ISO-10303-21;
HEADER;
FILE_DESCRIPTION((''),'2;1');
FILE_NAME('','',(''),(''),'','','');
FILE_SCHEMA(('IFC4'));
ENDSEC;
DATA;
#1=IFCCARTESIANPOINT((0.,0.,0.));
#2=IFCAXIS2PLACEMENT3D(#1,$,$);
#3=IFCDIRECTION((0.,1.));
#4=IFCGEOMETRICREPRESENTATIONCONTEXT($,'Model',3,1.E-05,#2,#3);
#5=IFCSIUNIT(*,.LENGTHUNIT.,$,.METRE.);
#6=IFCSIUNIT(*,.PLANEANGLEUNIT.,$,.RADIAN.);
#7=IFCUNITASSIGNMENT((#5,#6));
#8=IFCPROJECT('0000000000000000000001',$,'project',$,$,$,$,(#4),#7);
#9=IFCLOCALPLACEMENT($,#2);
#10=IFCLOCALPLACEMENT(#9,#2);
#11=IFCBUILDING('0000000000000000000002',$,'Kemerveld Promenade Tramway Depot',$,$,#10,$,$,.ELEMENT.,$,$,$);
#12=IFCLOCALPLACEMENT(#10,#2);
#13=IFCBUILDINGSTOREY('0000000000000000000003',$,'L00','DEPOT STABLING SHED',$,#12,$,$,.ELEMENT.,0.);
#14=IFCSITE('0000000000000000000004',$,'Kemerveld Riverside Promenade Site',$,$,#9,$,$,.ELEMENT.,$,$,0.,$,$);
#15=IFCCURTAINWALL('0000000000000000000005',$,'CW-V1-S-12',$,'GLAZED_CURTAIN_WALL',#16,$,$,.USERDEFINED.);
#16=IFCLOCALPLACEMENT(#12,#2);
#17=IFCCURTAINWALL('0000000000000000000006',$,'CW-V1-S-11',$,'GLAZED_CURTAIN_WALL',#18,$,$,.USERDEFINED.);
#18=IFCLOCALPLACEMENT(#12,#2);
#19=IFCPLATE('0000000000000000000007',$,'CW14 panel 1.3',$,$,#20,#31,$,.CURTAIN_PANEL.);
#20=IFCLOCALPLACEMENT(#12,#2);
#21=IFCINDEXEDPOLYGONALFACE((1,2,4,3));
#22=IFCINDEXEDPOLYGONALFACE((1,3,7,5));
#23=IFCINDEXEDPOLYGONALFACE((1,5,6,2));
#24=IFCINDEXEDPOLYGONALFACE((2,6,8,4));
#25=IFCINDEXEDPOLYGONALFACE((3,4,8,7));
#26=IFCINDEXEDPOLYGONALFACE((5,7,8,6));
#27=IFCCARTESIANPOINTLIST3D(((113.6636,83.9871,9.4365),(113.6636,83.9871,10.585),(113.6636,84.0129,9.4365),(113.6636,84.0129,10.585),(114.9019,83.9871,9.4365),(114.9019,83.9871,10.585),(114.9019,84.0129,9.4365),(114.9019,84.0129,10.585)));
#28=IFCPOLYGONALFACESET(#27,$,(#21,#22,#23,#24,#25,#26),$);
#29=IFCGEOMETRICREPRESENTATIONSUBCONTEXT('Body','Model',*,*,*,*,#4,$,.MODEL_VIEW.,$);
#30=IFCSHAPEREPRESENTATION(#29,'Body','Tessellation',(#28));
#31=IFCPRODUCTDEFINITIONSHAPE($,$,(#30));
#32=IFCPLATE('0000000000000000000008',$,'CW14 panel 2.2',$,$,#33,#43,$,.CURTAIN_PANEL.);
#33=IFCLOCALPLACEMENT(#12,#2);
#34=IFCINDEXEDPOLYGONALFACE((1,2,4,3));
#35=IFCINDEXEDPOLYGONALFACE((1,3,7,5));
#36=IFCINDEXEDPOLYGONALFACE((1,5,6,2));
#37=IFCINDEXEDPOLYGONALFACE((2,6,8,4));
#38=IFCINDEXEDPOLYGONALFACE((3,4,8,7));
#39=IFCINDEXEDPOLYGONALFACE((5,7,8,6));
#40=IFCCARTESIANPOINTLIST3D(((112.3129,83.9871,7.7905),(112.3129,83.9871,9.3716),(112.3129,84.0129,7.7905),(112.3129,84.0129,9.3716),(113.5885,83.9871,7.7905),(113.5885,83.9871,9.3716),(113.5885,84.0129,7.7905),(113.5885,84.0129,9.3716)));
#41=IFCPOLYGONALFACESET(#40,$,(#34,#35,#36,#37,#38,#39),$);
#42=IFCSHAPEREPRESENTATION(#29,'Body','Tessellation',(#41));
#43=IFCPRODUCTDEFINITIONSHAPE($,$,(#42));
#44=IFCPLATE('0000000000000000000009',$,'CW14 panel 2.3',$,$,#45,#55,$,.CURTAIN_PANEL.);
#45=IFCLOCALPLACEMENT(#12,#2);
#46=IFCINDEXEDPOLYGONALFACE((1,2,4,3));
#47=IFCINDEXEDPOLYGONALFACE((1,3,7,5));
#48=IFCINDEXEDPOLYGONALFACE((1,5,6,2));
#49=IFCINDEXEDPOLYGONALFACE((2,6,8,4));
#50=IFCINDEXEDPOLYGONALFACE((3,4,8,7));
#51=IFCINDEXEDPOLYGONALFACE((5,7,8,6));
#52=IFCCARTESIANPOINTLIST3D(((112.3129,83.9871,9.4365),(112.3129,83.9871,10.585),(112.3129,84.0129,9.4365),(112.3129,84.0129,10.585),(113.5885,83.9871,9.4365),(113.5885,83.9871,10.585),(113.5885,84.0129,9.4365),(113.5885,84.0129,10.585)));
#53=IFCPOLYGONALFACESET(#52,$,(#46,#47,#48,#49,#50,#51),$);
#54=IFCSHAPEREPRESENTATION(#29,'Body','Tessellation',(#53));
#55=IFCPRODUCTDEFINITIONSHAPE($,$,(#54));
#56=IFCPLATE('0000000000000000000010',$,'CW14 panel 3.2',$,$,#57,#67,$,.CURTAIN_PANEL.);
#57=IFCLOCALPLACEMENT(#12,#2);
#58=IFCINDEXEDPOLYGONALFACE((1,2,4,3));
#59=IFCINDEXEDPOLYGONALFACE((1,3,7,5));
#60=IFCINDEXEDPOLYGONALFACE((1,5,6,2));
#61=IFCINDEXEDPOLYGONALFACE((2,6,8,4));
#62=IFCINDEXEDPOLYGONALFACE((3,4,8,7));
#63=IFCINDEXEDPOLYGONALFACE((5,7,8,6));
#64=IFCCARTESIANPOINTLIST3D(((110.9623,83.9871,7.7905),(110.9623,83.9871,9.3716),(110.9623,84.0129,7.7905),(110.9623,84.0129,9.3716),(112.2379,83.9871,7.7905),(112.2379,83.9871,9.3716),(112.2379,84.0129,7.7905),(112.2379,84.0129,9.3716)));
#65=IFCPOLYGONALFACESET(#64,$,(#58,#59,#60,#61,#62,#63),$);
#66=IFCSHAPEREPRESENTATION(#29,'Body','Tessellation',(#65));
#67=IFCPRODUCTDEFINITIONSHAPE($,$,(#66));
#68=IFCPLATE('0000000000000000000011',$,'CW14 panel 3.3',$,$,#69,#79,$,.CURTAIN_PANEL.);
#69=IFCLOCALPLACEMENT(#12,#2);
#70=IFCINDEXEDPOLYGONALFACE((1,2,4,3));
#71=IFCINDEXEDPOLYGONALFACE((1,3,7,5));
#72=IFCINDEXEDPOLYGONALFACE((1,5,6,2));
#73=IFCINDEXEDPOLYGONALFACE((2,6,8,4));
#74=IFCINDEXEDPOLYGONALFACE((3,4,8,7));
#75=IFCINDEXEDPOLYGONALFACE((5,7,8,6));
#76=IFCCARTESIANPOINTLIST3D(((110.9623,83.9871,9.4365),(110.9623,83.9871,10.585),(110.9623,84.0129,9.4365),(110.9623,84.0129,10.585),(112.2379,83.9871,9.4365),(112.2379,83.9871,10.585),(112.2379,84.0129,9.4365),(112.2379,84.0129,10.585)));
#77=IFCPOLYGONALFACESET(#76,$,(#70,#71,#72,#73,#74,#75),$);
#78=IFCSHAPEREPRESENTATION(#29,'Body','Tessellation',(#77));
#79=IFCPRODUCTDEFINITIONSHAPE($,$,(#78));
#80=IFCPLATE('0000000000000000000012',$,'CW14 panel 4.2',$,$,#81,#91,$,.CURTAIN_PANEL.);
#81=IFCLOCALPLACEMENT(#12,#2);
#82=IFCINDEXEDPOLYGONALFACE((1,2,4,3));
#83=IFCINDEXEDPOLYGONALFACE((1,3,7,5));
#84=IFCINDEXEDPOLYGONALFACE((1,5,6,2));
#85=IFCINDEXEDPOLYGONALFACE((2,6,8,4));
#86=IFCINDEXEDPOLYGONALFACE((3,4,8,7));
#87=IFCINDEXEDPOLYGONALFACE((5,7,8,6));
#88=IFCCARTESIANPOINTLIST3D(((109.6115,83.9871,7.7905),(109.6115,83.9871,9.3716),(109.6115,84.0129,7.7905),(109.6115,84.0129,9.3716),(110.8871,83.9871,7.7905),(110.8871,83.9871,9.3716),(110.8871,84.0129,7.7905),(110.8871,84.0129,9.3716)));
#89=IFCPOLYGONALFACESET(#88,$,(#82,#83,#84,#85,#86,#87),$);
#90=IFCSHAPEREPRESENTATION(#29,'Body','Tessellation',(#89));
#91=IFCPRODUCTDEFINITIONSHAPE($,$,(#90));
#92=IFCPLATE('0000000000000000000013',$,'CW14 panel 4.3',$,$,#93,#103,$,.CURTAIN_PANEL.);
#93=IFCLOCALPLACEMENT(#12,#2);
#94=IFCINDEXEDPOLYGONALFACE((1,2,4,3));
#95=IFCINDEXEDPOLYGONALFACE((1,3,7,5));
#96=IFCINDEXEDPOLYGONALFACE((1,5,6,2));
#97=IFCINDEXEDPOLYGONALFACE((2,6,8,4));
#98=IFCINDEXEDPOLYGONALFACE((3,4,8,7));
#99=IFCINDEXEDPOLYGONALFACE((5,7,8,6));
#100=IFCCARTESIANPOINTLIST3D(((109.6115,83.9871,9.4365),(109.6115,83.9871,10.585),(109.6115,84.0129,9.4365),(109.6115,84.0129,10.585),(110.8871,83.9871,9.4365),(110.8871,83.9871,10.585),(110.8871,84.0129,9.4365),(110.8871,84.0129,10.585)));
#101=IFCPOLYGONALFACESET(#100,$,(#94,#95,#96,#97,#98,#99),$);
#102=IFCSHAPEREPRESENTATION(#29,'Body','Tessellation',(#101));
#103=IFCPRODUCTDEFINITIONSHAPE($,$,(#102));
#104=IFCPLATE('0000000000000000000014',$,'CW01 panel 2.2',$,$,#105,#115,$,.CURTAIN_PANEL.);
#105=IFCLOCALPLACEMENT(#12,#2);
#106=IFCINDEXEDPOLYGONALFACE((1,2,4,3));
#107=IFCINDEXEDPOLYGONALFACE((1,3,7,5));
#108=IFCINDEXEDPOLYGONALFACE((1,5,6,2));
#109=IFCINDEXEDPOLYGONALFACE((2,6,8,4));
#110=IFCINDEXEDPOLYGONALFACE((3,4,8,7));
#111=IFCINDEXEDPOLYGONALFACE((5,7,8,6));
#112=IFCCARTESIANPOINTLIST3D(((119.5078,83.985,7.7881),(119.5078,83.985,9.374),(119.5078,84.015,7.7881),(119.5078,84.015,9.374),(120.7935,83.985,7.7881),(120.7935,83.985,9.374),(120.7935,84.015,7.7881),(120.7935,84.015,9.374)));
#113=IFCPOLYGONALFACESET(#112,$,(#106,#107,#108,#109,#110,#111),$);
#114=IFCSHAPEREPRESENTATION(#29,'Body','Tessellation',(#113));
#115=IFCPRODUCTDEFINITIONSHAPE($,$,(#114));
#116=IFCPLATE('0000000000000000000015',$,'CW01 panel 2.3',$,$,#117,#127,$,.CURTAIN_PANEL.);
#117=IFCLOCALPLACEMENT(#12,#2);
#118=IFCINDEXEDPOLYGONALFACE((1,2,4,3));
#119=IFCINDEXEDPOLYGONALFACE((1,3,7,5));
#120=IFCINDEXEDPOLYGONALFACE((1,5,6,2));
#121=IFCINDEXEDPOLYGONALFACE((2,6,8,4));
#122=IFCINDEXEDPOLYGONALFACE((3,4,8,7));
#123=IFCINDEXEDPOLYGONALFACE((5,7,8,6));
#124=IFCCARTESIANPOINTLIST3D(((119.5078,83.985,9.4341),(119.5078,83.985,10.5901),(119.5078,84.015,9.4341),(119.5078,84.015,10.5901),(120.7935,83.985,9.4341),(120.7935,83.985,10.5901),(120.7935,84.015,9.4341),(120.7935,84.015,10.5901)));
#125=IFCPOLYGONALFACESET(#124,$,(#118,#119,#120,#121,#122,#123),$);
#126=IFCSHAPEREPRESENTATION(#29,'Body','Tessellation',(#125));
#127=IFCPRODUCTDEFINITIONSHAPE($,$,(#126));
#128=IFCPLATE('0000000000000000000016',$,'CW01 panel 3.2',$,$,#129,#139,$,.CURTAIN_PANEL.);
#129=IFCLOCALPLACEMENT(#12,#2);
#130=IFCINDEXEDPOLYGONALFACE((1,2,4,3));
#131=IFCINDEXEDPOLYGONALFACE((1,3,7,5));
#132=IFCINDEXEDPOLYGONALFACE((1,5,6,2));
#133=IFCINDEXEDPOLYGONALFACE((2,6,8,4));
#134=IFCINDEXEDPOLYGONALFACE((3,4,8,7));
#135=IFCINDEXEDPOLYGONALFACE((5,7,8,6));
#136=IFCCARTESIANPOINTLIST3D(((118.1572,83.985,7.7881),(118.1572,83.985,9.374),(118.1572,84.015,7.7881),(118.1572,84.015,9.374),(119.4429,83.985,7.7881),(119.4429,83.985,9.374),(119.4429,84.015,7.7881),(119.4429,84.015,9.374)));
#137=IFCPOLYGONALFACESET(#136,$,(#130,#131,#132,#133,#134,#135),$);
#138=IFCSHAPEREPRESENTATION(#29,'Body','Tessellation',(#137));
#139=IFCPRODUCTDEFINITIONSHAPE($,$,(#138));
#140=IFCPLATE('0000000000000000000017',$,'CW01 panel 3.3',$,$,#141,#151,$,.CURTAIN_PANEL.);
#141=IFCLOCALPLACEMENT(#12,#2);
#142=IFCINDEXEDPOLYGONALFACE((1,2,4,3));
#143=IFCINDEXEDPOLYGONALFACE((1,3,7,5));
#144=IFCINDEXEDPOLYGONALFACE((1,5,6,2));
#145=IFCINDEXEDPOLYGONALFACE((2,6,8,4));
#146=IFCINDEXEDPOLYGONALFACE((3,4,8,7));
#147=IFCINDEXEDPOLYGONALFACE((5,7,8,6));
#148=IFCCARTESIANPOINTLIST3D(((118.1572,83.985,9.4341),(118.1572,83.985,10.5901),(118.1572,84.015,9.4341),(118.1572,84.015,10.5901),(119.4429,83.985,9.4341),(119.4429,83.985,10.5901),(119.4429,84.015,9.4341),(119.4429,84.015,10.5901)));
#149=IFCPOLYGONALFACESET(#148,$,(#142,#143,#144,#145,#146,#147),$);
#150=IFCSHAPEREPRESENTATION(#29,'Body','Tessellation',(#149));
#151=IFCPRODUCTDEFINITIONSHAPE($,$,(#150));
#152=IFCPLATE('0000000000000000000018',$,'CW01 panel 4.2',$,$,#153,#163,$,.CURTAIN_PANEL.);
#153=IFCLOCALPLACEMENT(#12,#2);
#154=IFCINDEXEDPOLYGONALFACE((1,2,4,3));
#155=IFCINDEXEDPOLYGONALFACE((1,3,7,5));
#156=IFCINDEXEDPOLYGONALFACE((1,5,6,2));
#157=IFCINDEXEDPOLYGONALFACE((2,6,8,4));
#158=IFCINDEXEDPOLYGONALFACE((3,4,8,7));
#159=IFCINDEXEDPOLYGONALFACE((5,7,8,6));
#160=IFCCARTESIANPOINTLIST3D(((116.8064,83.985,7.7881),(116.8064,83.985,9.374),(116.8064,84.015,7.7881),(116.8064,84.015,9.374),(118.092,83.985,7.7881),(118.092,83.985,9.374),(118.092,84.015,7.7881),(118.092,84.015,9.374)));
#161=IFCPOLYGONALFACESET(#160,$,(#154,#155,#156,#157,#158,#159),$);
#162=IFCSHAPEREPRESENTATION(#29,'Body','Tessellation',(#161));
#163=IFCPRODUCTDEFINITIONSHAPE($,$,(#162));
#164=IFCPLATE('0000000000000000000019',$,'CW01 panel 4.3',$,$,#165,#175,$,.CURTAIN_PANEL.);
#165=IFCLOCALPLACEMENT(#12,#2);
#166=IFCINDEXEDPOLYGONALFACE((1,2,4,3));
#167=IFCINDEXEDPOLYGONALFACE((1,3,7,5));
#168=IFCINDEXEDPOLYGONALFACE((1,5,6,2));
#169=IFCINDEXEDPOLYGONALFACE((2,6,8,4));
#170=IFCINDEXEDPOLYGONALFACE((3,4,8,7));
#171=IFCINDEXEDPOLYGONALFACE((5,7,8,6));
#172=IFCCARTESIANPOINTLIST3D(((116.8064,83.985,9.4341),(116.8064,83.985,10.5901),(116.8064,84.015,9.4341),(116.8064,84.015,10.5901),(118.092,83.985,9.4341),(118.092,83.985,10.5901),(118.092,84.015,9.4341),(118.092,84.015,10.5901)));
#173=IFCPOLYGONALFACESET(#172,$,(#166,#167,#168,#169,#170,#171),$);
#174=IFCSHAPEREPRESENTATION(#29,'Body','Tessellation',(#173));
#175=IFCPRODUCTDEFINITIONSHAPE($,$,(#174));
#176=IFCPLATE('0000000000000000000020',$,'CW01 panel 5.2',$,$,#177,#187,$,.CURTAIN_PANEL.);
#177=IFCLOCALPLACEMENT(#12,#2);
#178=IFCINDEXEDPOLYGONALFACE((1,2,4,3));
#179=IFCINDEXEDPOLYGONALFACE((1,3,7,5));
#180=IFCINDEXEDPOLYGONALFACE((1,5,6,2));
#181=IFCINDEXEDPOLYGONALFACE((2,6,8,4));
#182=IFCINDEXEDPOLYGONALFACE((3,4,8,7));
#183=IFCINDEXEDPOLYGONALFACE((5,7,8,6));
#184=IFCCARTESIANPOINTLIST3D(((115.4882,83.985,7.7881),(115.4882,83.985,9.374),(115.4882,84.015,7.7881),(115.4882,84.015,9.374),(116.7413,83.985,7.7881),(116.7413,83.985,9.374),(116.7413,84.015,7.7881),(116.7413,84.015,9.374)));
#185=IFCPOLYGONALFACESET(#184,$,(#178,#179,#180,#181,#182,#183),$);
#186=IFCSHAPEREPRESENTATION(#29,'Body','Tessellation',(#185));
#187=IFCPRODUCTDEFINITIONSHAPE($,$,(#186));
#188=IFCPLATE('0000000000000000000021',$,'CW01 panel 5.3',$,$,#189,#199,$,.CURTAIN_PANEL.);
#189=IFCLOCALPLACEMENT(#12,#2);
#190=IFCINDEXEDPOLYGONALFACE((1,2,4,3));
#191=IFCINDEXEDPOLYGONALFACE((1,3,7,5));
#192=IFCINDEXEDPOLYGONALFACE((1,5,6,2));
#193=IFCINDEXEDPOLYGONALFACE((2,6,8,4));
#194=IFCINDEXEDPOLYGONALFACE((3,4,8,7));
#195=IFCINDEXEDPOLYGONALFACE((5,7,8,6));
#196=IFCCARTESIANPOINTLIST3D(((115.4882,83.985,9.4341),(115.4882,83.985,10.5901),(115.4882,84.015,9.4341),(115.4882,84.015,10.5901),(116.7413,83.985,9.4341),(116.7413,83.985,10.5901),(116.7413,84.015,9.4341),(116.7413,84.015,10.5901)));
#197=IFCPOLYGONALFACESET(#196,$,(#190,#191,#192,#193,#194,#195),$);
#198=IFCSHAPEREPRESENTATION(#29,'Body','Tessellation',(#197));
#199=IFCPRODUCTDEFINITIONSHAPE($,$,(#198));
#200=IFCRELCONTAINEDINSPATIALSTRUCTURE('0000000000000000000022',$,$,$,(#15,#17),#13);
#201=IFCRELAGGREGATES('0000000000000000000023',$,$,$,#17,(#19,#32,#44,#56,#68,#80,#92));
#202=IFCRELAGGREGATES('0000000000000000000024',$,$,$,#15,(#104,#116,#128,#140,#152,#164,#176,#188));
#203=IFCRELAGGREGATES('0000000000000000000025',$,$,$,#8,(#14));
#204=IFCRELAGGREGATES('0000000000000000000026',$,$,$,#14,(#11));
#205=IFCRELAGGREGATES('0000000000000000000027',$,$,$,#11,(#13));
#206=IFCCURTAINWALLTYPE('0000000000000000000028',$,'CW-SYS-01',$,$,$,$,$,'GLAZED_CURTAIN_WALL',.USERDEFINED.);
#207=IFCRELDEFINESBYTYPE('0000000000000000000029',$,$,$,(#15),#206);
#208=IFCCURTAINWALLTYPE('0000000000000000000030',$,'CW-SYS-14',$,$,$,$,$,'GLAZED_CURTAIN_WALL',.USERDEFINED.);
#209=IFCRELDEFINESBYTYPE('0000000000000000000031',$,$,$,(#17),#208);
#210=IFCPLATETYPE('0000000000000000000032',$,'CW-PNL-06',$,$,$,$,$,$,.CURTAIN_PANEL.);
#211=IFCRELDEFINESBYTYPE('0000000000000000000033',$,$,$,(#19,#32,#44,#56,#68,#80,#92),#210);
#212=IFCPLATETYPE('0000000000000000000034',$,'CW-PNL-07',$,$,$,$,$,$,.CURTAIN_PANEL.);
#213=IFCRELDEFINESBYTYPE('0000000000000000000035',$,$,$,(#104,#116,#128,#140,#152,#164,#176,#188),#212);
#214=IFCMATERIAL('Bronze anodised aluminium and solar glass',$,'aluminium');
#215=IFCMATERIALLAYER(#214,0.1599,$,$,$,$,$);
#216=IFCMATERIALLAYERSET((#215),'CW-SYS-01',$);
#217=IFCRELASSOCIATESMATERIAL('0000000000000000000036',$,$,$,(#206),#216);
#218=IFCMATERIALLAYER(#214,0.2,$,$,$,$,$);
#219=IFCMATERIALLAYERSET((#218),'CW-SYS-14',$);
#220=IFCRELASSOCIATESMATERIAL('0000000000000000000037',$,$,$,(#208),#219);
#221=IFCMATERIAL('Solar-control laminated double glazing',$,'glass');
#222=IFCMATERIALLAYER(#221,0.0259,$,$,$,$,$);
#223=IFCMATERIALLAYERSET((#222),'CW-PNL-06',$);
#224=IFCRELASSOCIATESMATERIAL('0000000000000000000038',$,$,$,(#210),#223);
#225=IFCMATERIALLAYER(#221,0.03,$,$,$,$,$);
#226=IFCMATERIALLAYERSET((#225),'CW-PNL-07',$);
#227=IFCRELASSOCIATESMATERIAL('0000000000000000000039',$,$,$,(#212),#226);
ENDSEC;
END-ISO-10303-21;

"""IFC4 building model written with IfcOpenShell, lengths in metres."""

from ifc_helpers import new_model, si_unit, direction, frame, origin, origin_2d, place, context, subcontext, project, spatial, rectangle, extrude, material, layer, layer_set, type_object, element, aggregate, save


model = new_model("IFC4")

# Units and contexts
model_context = context("Model", 3, precision=1e-05, world=origin(), true_north=direction((0.0, 1.0)))
body_context = subcontext(model_context, "Body", "Model", "MODEL_VIEW")
ifc_project = project(units=[si_unit("LENGTHUNIT", "METRE"), si_unit("PLANEANGLEUNIT", "RADIAN")], contexts=[model_context])

# Site, building, storey
site_placement = place(None, origin())
site = spatial("IfcSite", under=ifc_project, at=site_placement, Name="Kemerveld Riverside Promenade Site", CompositionType="ELEMENT", RefElevation=0.0)
building_placement = place(site_placement, origin())
building = spatial("IfcBuilding", under=site, at=building_placement, Name="Kemerveld Promenade Tramway Depot", CompositionType="ELEMENT")
storey_placement = place(building_placement, origin())
storey = spatial("IfcBuildingStorey", under=building, at=storey_placement, Name="L00", Description="DEPOT STABLING SHED", CompositionType="ELEMENT", Elevation=0.0)

# Curtain walls
ifc_material_1 = material(Name="Bronze anodised aluminium and solar glass", Category="aluminium")
ifc_layer_1 = layer(ifc_material_1, 0.1599)
ifc_layer_set_1 = layer_set([ifc_layer_1], Name="CW-SYS-01")
curtain_wall_type_1 = type_object("IfcCurtainWallType", Name="CW-SYS-01", ElementType="GLAZED_CURTAIN_WALL", PredefinedType="USERDEFINED", material=ifc_layer_set_1)
curtain_wall_1_placement = place(storey_placement, origin())
curtain_wall_1 = element("IfcCurtainWall", 1, at=curtain_wall_1_placement, inside=storey, type_object=curtain_wall_type_1, Name="CW-V1-S-12", ObjectType="GLAZED_CURTAIN_WALL", PredefinedType="USERDEFINED")
ifc_layer_2 = layer(ifc_material_1, 0.2)
ifc_layer_set_2 = layer_set([ifc_layer_2], Name="CW-SYS-14")
curtain_wall_type_2 = type_object("IfcCurtainWallType", Name="CW-SYS-14", ElementType="GLAZED_CURTAIN_WALL", PredefinedType="USERDEFINED", material=ifc_layer_set_2)
curtain_wall_2_placement = place(storey_placement, origin())
curtain_wall_2 = element("IfcCurtainWall", 2, at=curtain_wall_2_placement, inside=storey, type_object=curtain_wall_type_2, Name="CW-V1-S-11", ObjectType="GLAZED_CURTAIN_WALL", PredefinedType="USERDEFINED")

# Plates
ifc_material_2 = material(Name="Solar-control laminated double glazing", Category="glass")
ifc_layer_3 = layer(ifc_material_2, 0.0259)
ifc_layer_set_3 = layer_set([ifc_layer_3], Name="CW-PNL-06")
plate_type_1 = type_object("IfcPlateType", Name="CW-PNL-06", PredefinedType="CURTAIN_PANEL", material=ifc_layer_set_3)
plate_1_placement = place(storey_placement, frame((114.2827, 84.0, 9.4365), z_axis=(0.0, 0.0, 1.0), x_axis=(-1.0, 0.0, 0.0)))
plate_1 = element("IfcPlate", 3, at=plate_1_placement, type_object=plate_type_1, Name="CW14 panel 1.3", PredefinedType="CURTAIN_PANEL", context=body_context, shape_type="SweptSolid", body=[
    extrude(rectangle(XDim=1.2383, YDim=0.0259, at=origin_2d()), origin(), (0.0, 0.0, 1.0), 1.1484),
])
plate_2_placement = place(storey_placement, frame((112.9507, 84.0, 7.7905), z_axis=(0.0, 0.0, 1.0), x_axis=(-1.0, 0.0, 0.0)))
plate_2 = element("IfcPlate", 4, at=plate_2_placement, type_object=plate_type_1, Name="CW14 panel 2.2", PredefinedType="CURTAIN_PANEL", context=body_context, shape_type="SweptSolid", body=[
    extrude(rectangle(XDim=1.2756, YDim=0.0259, at=origin_2d()), origin(), (0.0, 0.0, 1.0), 1.5811),
])
plate_3_placement = place(storey_placement, frame((112.9507, 84.0, 9.4365), z_axis=(0.0, 0.0, 1.0), x_axis=(-1.0, 0.0, 0.0)))
plate_3 = element("IfcPlate", 5, at=plate_3_placement, type_object=plate_type_1, Name="CW14 panel 2.3", PredefinedType="CURTAIN_PANEL", context=body_context, shape_type="SweptSolid", body=[
    extrude(rectangle(XDim=1.2756, YDim=0.0259, at=origin_2d()), origin(), (0.0, 0.0, 1.0), 1.1484),
])
plate_4_placement = place(storey_placement, frame((111.6001, 84.0, 7.7905), z_axis=(0.0, 0.0, 1.0), x_axis=(-1.0, 0.0, 0.0)))
plate_4 = element("IfcPlate", 6, at=plate_4_placement, type_object=plate_type_1, Name="CW14 panel 3.2", PredefinedType="CURTAIN_PANEL", context=body_context, shape_type="SweptSolid", body=[
    extrude(rectangle(XDim=1.2756, YDim=0.0259, at=origin_2d()), origin(), (0.0, 0.0, 1.0), 1.5811),
])
plate_5_placement = place(storey_placement, frame((111.6001, 84.0, 9.4365), z_axis=(0.0, 0.0, 1.0), x_axis=(-1.0, 0.0, 0.0)))
plate_5 = element("IfcPlate", 7, at=plate_5_placement, type_object=plate_type_1, Name="CW14 panel 3.3", PredefinedType="CURTAIN_PANEL", context=body_context, shape_type="SweptSolid", body=[
    extrude(rectangle(XDim=1.2756, YDim=0.0259, at=origin_2d()), origin(), (0.0, 0.0, 1.0), 1.1484),
])
plate_6_placement = place(storey_placement, frame((110.2493, 84.0, 7.7905), z_axis=(0.0, 0.0, 1.0), x_axis=(-1.0, 0.0, 0.0)))
plate_6 = element("IfcPlate", 8, at=plate_6_placement, type_object=plate_type_1, Name="CW14 panel 4.2", PredefinedType="CURTAIN_PANEL", context=body_context, shape_type="SweptSolid", body=[
    extrude(rectangle(XDim=1.2756, YDim=0.0259, at=origin_2d()), origin(), (0.0, 0.0, 1.0), 1.5811),
])
plate_7_placement = place(storey_placement, frame((110.2493, 84.0, 9.4365), z_axis=(0.0, 0.0, 1.0), x_axis=(-1.0, 0.0, 0.0)))
plate_7 = element("IfcPlate", 9, at=plate_7_placement, type_object=plate_type_1, Name="CW14 panel 4.3", PredefinedType="CURTAIN_PANEL", context=body_context, shape_type="SweptSolid", body=[
    extrude(rectangle(XDim=1.2756, YDim=0.0259, at=origin_2d()), origin(), (0.0, 0.0, 1.0), 1.1484),
])
aggregate(curtain_wall_2, [plate_1, plate_2, plate_3, plate_4, plate_5, plate_6, plate_7])
ifc_layer_4 = layer(ifc_material_2, 0.03)
ifc_layer_set_4 = layer_set([ifc_layer_4], Name="CW-PNL-07")
plate_type_2 = type_object("IfcPlateType", Name="CW-PNL-07", PredefinedType="CURTAIN_PANEL", material=ifc_layer_set_4)
plate_8_placement = place(storey_placement, frame((120.1506, 84.0, 7.7881), z_axis=(0.0, 0.0, 1.0), x_axis=(-1.0, 0.0, 0.0)))
plate_8 = element("IfcPlate", 10, at=plate_8_placement, type_object=plate_type_2, Name="CW01 panel 2.2", PredefinedType="CURTAIN_PANEL", context=body_context, shape_type="SweptSolid", body=[
    extrude(rectangle(XDim=1.2856, YDim=0.03, at=origin_2d()), origin(), (0.0, 0.0, 1.0), 1.5859),
])
plate_9_placement = place(storey_placement, frame((120.1506, 84.0, 9.4341), z_axis=(0.0, 0.0, 1.0), x_axis=(-1.0, 0.0, 0.0)))
plate_9 = element("IfcPlate", 11, at=plate_9_placement, type_object=plate_type_2, Name="CW01 panel 2.3", PredefinedType="CURTAIN_PANEL", context=body_context, shape_type="SweptSolid", body=[
    extrude(rectangle(XDim=1.2856, YDim=0.03, at=origin_2d()), origin(), (0.0, 0.0, 1.0), 1.156),
])
plate_10_placement = place(storey_placement, frame((118.8, 84.0, 7.7881), z_axis=(0.0, 0.0, 1.0), x_axis=(-1.0, 0.0, 0.0)))
plate_10 = element("IfcPlate", 12, at=plate_10_placement, type_object=plate_type_2, Name="CW01 panel 3.2", PredefinedType="CURTAIN_PANEL", context=body_context, shape_type="SweptSolid", body=[
    extrude(rectangle(XDim=1.2856, YDim=0.03, at=origin_2d()), origin(), (0.0, 0.0, 1.0), 1.5859),
])
plate_11_placement = place(storey_placement, frame((118.8, 84.0, 9.4341), z_axis=(0.0, 0.0, 1.0), x_axis=(-1.0, 0.0, 0.0)))
plate_11 = element("IfcPlate", 13, at=plate_11_placement, type_object=plate_type_2, Name="CW01 panel 3.3", PredefinedType="CURTAIN_PANEL", context=body_context, shape_type="SweptSolid", body=[
    extrude(rectangle(XDim=1.2856, YDim=0.03, at=origin_2d()), origin(), (0.0, 0.0, 1.0), 1.156),
])
plate_12_placement = place(storey_placement, frame((117.4492, 84.0, 7.7881), z_axis=(0.0, 0.0, 1.0), x_axis=(-1.0, 0.0, 0.0)))
plate_12 = element("IfcPlate", 14, at=plate_12_placement, type_object=plate_type_2, Name="CW01 panel 4.2", PredefinedType="CURTAIN_PANEL", context=body_context, shape_type="SweptSolid", body=[
    extrude(rectangle(XDim=1.2856, YDim=0.03, at=origin_2d()), origin(), (0.0, 0.0, 1.0), 1.5859),
])
plate_13_placement = place(storey_placement, frame((117.4492, 84.0, 9.4341), z_axis=(0.0, 0.0, 1.0), x_axis=(-1.0, 0.0, 0.0)))
plate_13 = element("IfcPlate", 15, at=plate_13_placement, type_object=plate_type_2, Name="CW01 panel 4.3", PredefinedType="CURTAIN_PANEL", context=body_context, shape_type="SweptSolid", body=[
    extrude(rectangle(XDim=1.2856, YDim=0.03, at=origin_2d()), origin(), (0.0, 0.0, 1.0), 1.156),
])
plate_14_placement = place(storey_placement, frame((116.1147, 84.0, 7.7881), z_axis=(0.0, 0.0, 1.0), x_axis=(-1.0, 0.0, 0.0)))
plate_14 = element("IfcPlate", 16, at=plate_14_placement, type_object=plate_type_2, Name="CW01 panel 5.2", PredefinedType="CURTAIN_PANEL", context=body_context, shape_type="SweptSolid", body=[
    extrude(rectangle(XDim=1.2532, YDim=0.03, at=origin_2d()), origin(), (0.0, 0.0, 1.0), 1.5859),
])
plate_15_placement = place(storey_placement, frame((116.1147, 84.0, 9.4341), z_axis=(0.0, 0.0, 1.0), x_axis=(-1.0, 0.0, 0.0)))
plate_15 = element("IfcPlate", 17, at=plate_15_placement, type_object=plate_type_2, Name="CW01 panel 5.3", PredefinedType="CURTAIN_PANEL", context=body_context, shape_type="SweptSolid", body=[
    extrude(rectangle(XDim=1.2532, YDim=0.03, at=origin_2d()), origin(), (0.0, 0.0, 1.0), 1.156),
])
aggregate(curtain_wall_1, [plate_8, plate_9, plate_10, plate_11, plate_12, plate_13, plate_14, plate_15])

save(model, "model.ifc")
